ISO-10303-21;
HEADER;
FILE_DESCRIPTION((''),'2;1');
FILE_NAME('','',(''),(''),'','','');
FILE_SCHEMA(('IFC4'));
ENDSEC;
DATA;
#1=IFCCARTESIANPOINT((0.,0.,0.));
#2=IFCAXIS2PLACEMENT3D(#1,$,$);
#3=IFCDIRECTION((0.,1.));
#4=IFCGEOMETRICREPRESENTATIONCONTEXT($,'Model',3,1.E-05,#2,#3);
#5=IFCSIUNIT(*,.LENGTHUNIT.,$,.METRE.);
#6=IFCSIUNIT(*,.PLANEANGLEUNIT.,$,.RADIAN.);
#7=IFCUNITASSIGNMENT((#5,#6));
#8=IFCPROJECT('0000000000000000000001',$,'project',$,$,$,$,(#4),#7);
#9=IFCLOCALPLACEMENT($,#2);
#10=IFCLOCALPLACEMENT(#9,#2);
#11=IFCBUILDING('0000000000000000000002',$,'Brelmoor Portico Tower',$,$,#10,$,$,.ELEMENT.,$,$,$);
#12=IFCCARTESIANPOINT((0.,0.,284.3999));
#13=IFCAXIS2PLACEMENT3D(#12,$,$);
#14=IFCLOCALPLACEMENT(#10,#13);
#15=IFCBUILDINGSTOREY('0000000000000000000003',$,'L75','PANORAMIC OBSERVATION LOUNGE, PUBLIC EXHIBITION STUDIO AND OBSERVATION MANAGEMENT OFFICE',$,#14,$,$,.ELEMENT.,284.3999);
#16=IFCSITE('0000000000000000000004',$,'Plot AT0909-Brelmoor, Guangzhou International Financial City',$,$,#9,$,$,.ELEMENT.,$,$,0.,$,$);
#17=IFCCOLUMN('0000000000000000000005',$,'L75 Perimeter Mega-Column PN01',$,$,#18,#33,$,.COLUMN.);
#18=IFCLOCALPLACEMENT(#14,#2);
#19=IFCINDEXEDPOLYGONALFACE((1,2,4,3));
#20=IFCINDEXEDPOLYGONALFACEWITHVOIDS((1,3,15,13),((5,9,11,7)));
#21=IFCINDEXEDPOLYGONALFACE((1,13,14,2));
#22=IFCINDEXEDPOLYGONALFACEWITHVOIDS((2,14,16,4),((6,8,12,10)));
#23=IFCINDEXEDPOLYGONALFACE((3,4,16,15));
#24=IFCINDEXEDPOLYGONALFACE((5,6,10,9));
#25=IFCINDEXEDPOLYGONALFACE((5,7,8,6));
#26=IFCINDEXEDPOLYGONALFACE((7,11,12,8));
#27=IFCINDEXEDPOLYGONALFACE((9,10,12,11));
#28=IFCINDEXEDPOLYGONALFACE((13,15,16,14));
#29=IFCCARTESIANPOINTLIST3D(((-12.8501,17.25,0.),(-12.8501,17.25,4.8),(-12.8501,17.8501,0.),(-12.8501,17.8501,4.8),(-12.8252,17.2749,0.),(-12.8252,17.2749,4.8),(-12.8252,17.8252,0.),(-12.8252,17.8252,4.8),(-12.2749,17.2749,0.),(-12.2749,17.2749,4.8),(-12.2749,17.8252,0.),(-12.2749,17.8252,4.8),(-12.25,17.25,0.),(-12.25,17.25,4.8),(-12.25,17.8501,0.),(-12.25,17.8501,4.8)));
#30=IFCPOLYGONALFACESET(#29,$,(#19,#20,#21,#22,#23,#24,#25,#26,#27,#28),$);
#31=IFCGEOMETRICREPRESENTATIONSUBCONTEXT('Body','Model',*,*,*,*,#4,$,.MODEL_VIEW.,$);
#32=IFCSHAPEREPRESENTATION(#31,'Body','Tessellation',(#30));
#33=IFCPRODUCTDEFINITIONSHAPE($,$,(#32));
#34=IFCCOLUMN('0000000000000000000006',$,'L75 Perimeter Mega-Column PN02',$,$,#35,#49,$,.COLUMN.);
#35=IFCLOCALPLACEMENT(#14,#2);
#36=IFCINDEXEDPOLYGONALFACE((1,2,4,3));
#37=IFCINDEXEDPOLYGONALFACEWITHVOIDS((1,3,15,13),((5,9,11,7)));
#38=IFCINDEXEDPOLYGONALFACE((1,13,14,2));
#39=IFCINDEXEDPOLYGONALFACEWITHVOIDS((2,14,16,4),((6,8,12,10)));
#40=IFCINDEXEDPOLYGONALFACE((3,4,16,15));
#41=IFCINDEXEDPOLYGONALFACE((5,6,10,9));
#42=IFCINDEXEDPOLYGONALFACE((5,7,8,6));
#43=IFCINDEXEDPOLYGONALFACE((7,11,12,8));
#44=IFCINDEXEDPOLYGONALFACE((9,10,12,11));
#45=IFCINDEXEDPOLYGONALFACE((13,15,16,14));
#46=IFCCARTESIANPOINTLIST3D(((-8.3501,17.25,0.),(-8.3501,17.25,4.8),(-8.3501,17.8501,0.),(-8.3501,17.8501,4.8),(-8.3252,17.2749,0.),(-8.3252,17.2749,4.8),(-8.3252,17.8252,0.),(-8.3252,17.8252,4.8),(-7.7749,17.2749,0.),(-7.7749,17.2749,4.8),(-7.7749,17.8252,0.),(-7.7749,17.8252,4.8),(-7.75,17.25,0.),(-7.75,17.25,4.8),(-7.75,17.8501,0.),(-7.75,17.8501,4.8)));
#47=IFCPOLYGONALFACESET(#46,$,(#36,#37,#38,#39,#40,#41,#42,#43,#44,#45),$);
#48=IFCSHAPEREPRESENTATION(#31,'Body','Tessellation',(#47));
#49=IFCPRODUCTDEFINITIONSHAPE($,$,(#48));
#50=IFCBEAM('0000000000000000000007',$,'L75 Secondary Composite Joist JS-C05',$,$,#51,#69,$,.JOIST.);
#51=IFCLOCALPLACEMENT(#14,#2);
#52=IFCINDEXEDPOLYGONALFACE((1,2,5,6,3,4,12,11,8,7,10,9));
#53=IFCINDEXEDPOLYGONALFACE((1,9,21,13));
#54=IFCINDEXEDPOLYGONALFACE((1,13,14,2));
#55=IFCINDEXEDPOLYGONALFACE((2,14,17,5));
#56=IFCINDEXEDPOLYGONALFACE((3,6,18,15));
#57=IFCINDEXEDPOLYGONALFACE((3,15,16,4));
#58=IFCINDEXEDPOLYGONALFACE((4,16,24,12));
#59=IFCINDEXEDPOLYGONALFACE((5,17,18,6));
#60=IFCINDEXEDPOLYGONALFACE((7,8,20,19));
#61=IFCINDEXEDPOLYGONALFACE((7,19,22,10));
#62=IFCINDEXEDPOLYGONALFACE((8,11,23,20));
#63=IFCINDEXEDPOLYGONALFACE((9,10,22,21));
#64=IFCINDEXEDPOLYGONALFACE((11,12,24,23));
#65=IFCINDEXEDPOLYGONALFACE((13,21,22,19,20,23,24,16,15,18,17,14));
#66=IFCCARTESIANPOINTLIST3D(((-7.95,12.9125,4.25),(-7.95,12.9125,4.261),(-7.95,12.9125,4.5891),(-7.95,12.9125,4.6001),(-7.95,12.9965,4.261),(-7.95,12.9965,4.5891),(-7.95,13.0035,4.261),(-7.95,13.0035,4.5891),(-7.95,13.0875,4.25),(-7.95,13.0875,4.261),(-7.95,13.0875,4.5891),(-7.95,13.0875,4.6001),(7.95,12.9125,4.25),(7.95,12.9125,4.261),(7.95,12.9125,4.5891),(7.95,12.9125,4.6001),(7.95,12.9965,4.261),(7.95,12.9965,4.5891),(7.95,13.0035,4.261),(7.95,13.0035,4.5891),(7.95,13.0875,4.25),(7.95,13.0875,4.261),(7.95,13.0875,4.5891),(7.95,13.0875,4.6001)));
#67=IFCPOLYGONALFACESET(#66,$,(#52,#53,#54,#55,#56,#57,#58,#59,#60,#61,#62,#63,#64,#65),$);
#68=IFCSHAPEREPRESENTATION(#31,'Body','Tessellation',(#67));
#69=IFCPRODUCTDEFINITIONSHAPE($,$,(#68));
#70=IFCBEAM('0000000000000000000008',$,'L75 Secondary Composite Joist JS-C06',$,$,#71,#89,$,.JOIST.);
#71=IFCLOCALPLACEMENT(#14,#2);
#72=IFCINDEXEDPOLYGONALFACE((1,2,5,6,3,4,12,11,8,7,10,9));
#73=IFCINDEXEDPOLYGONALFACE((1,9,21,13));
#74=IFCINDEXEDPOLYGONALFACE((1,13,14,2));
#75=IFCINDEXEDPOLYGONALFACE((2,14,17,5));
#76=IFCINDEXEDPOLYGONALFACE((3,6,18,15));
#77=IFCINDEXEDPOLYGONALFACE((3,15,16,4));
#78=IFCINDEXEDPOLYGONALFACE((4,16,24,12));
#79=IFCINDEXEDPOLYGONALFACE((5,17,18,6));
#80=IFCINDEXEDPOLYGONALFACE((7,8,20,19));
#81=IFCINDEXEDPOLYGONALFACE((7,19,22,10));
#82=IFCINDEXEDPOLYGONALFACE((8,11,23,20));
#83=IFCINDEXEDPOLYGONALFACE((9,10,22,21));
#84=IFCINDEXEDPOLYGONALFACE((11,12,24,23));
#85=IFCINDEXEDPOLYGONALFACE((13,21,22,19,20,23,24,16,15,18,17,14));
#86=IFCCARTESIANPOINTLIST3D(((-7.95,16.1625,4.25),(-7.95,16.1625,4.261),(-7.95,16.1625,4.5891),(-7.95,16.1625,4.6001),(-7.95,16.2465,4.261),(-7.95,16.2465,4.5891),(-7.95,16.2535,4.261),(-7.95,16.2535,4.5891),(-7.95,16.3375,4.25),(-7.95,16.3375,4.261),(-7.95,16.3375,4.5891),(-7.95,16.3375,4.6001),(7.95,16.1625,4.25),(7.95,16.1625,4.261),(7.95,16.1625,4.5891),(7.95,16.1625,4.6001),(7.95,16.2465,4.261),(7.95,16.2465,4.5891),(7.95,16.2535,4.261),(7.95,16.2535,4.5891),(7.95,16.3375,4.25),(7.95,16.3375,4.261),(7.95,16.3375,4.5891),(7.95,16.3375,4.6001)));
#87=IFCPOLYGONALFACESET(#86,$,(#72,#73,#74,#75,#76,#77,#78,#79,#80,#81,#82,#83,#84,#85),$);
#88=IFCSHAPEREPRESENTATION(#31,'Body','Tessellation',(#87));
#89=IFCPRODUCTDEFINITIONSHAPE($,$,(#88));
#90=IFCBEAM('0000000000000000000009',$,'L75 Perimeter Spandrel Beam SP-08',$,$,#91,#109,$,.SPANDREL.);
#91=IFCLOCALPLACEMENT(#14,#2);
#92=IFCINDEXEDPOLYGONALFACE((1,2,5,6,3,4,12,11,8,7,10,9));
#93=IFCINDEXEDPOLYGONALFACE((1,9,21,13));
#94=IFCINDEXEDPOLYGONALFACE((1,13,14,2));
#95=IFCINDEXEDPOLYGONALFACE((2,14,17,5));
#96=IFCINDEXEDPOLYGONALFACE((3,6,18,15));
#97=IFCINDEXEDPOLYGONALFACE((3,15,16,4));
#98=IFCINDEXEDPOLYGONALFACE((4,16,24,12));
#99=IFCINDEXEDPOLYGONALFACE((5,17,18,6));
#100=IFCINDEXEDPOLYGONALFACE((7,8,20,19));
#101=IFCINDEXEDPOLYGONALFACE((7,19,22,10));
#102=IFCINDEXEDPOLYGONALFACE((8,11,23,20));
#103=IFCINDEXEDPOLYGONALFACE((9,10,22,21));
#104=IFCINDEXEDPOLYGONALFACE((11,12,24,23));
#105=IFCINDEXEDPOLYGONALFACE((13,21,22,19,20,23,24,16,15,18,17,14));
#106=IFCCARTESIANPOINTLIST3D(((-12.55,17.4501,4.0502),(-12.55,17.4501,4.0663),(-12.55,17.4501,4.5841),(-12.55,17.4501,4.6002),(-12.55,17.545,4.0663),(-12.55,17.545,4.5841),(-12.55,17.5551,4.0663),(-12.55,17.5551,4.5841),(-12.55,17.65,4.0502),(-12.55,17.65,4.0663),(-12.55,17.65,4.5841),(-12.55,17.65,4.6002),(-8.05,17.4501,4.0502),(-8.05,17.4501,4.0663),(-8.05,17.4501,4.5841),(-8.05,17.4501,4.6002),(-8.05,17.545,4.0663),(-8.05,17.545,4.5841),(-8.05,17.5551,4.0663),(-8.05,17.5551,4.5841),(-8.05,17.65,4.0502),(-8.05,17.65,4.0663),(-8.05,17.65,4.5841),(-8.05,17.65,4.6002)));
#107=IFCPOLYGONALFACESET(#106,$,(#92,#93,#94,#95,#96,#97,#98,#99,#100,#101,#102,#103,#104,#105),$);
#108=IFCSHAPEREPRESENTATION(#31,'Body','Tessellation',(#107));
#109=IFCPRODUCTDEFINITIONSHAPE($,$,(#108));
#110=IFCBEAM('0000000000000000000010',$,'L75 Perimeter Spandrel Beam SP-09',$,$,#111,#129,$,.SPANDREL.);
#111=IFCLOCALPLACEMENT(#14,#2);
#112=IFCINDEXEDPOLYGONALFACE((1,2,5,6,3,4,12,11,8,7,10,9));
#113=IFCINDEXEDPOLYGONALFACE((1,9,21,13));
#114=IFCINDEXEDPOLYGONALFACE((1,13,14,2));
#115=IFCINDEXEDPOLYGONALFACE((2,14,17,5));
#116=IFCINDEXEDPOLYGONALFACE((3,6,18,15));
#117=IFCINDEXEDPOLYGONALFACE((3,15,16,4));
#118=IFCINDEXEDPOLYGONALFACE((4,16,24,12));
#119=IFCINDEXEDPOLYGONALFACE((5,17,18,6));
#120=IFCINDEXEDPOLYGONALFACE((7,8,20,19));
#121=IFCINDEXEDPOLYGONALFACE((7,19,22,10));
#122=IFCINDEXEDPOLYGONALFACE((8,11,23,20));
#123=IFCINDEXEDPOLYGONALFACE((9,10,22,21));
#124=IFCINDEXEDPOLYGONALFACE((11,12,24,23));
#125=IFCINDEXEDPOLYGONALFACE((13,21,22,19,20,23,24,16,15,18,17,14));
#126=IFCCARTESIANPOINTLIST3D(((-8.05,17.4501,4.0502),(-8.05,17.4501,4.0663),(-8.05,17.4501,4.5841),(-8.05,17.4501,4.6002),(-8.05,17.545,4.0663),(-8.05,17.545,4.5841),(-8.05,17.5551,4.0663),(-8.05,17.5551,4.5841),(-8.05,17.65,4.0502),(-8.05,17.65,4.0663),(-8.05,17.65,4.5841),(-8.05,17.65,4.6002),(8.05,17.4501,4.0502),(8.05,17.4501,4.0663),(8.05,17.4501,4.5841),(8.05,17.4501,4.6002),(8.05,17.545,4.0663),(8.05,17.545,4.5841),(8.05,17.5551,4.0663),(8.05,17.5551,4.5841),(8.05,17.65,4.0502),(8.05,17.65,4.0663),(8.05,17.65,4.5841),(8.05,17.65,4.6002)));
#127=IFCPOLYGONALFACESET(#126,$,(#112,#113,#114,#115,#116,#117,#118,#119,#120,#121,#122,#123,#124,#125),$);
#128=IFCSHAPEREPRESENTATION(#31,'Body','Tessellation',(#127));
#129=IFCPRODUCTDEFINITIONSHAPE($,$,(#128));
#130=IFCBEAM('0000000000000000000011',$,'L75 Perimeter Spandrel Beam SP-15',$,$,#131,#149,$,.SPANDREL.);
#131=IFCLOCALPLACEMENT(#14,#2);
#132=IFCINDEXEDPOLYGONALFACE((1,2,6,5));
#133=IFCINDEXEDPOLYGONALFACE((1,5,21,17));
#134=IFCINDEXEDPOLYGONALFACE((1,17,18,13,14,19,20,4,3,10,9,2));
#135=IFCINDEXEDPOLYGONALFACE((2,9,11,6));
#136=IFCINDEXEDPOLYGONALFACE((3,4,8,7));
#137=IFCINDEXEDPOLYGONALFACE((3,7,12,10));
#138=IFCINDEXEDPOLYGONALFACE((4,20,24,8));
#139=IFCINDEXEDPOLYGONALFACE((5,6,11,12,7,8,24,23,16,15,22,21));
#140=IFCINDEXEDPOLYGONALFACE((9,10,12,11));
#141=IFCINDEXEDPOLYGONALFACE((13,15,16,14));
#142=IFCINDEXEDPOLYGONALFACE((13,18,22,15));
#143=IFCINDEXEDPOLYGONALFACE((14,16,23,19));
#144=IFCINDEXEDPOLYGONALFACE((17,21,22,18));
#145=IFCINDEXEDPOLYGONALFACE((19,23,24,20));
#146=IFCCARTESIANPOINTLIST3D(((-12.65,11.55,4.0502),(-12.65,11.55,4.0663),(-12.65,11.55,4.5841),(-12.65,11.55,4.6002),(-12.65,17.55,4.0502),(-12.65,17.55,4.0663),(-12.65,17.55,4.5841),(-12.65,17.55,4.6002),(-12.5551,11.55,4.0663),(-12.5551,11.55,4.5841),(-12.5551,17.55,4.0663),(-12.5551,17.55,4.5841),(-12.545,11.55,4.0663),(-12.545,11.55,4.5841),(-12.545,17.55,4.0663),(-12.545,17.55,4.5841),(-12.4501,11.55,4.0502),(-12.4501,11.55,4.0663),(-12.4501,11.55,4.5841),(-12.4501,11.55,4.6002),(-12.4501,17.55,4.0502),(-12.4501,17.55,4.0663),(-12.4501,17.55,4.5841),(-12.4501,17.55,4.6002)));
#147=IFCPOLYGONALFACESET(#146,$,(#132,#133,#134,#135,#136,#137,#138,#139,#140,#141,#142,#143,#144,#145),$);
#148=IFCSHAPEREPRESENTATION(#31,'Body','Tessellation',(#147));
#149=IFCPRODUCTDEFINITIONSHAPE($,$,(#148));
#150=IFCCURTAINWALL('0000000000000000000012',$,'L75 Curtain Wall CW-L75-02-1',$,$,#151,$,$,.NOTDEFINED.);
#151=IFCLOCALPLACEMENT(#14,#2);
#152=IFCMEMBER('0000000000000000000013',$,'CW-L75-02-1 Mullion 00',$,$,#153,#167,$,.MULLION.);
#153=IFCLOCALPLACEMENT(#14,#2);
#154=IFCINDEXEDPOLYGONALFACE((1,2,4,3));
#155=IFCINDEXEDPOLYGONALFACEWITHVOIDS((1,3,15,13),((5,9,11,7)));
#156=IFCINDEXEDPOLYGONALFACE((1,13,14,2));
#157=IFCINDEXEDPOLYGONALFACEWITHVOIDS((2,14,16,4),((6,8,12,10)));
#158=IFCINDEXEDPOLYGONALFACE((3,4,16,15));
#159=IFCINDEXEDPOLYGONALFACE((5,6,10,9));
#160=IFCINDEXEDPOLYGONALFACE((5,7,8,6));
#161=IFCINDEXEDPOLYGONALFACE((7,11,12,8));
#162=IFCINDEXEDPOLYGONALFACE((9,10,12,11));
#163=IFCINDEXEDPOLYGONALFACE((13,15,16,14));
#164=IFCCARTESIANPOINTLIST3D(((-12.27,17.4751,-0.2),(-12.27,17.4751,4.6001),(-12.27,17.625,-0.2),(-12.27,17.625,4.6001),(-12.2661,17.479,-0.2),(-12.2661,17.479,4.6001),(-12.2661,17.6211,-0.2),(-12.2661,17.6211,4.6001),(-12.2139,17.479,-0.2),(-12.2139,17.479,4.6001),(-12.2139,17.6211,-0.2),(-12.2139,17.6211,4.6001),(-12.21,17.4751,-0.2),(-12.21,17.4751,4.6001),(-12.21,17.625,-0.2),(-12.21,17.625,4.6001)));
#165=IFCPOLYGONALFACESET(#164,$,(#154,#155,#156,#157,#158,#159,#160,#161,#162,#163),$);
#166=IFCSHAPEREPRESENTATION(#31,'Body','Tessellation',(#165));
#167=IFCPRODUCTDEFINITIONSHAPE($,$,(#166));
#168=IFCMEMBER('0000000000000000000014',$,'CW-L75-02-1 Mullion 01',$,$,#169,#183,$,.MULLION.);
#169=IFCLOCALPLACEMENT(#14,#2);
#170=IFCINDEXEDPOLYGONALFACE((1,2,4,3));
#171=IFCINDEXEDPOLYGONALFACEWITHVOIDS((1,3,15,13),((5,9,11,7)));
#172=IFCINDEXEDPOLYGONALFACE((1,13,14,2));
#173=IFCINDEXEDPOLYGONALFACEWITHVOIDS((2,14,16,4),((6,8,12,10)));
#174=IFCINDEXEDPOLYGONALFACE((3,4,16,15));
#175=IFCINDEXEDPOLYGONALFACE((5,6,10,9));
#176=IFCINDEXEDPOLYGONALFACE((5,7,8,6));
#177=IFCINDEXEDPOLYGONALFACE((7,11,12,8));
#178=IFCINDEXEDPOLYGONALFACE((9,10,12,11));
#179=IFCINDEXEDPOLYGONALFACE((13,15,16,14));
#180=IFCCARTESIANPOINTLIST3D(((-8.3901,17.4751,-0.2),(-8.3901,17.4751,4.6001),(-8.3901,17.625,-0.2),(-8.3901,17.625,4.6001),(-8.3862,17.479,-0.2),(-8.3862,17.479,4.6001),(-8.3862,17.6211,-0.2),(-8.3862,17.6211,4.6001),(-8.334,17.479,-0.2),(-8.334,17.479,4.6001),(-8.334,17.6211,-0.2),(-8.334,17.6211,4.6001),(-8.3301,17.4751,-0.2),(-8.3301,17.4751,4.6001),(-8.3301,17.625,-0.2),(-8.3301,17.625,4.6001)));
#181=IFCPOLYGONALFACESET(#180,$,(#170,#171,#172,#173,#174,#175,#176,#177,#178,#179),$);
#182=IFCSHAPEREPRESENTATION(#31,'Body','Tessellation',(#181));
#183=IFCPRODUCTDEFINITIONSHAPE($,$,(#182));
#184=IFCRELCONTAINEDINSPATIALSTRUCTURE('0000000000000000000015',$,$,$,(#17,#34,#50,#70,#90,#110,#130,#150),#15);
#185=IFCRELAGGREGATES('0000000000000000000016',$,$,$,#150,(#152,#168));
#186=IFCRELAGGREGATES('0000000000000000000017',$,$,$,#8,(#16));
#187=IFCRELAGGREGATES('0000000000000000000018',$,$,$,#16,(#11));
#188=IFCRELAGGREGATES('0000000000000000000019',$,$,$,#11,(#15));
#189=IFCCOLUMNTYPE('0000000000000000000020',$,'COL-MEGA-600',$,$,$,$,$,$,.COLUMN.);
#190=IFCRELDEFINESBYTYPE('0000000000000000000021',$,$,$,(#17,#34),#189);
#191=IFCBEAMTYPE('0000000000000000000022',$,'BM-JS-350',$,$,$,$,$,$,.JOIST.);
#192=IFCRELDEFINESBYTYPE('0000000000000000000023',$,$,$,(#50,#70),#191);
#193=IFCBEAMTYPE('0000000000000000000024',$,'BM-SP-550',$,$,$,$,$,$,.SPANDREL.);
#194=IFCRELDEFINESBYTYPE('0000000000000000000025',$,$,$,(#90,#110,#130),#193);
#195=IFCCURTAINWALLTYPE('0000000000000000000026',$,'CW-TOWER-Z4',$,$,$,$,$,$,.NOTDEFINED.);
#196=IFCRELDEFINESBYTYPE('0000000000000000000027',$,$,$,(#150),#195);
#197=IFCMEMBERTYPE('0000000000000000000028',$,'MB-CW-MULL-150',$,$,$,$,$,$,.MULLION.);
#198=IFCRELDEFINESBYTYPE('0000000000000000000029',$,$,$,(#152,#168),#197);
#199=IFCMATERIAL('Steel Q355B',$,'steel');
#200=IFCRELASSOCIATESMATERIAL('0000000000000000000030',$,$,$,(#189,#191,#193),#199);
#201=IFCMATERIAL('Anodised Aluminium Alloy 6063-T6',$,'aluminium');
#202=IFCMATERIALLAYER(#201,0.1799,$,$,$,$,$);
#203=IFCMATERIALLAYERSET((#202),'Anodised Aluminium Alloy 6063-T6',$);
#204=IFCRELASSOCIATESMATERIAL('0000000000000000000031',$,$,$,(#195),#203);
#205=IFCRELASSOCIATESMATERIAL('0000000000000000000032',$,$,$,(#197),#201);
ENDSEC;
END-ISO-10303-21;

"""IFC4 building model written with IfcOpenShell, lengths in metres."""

from ifc_helpers import new_model, si_unit, direction, frame, origin, origin_2d, place, context, subcontext, project, spatial, hollow_rectangle, i_section, extrude, material, layer, layer_set, material_profile, profile_set, type_object, element, aggregate, save


model = new_model("IFC4")

# Units and contexts
model_context = context("Model", 3, precision=1e-05, world=origin(), true_north=direction((0.0, 1.0)))
body_context = subcontext(model_context, "Body", "Model", "MODEL_VIEW")
ifc_project = project(units=[si_unit("LENGTHUNIT", "METRE"), si_unit("PLANEANGLEUNIT", "RADIAN")], contexts=[model_context])

# Site, building, storey
site_placement = place(None, origin())
site = spatial("IfcSite", under=ifc_project, at=site_placement, Name="Plot AT0909-Brelmoor, Guangzhou International Financial City", CompositionType="ELEMENT", RefElevation=0.0)
building_placement = place(site_placement, origin())
building = spatial("IfcBuilding", under=site, at=building_placement, Name="Brelmoor Portico Tower", CompositionType="ELEMENT")
storey_placement = place(building_placement, frame((0.0, 0.0, 284.3999)))
storey = spatial("IfcBuildingStorey", under=building, at=storey_placement, Name="L75", Description="PANORAMIC OBSERVATION LOUNGE, PUBLIC EXHIBITION STUDIO AND OBSERVATION MANAGEMENT OFFICE", CompositionType="ELEMENT", Elevation=284.3999)

# Columns
ifc_material_1 = material(Name="Steel Q355B", Category="steel")
ifc_material_profile_1 = material_profile(ifc_material_1, hollow_rectangle(XDim=0.6001, YDim=0.6001, WallThickness=0.0249, at=origin_2d()), Name="BOX 600x600x25")
ifc_profile_set_1 = profile_set([ifc_material_profile_1], Name="Steel Q355B")
column_type = type_object("IfcColumnType", Name="COL-MEGA-600", PredefinedType="COLUMN", material=ifc_profile_set_1)
for number, where, z_axis, x_axis, name in (
    (1, (-12.55, 17.55, 0.0), (0.0, 0.0, 1.0), (1.0, 0.0, 0.0), "L75 Perimeter Mega-Column PN01"),
    (2, (-8.05, 17.55, 0.0), (0.0, 0.0, 1.0), (1.0, 0.0, 0.0), "L75 Perimeter Mega-Column PN02"),
):
    element("IfcColumn", number, at=place(storey_placement, frame(where, z_axis=z_axis, x_axis=x_axis)), inside=storey, type_object=column_type, Name=name, PredefinedType="COLUMN", context=body_context, shape_type="SweptSolid", body=[
        extrude(hollow_rectangle(XDim=0.6001, YDim=0.6001, WallThickness=0.0249, at=origin_2d()), origin(), (0.0, 0.0, 1.0), 4.8),
    ])

# Beams
ifc_material_profile_2 = material_profile(ifc_material_1, i_section(OverallWidth=0.175, OverallDepth=0.3501, WebThickness=0.0071, FlangeThickness=0.011, at=origin_2d()), Name="HN 350x175x7x11")
ifc_profile_set_2 = profile_set([ifc_material_profile_2], Name="Steel Q355B")
beam_type_1 = type_object("IfcBeamType", Name="BM-JS-350", PredefinedType="JOIST", material=ifc_profile_set_2)
for number, where, z_axis, x_axis, name in (
    (3, (-7.95, 13.0, 4.425), (1.0, 0.0, 0.0), (0.0, 1.0, 0.0), "L75 Secondary Composite Joist JS-C05"),
    (4, (-7.95, 16.25, 4.425), (1.0, 0.0, 0.0), (0.0, 1.0, 0.0), "L75 Secondary Composite Joist JS-C06"),
):
    element("IfcBeam", number, at=place(storey_placement, frame(where, z_axis=z_axis, x_axis=x_axis)), inside=storey, type_object=beam_type_1, Name=name, PredefinedType="JOIST", context=body_context, shape_type="SweptSolid", body=[
        extrude(i_section(OverallWidth=0.175, OverallDepth=0.3501, WebThickness=0.0071, FlangeThickness=0.011, at=origin_2d()), origin(), (0.0, 0.0, 1.0), 15.8999),
    ])
ifc_material_profile_3 = material_profile(ifc_material_1, i_section(OverallWidth=0.2, OverallDepth=0.55, WebThickness=0.01, FlangeThickness=0.0161, at=origin_2d()), Name="HN 550x200x10x16")
ifc_profile_set_3 = profile_set([ifc_material_profile_3], Name="Steel Q355B")
beam_type_2 = type_object("IfcBeamType", Name="BM-SP-550", PredefinedType="SPANDREL", material=ifc_profile_set_3)
beam_1_placement = place(storey_placement, frame((-12.55, 17.55, 4.3252), z_axis=(1.0, 0.0, 0.0), x_axis=(0.0, 1.0, 0.0)))
element("IfcBeam", 5, at=beam_1_placement, inside=storey, type_object=beam_type_2, Name="L75 Perimeter Spandrel Beam SP-08", PredefinedType="SPANDREL", context=body_context, shape_type="SweptSolid", body=[
    extrude(i_section(OverallWidth=0.2, OverallDepth=0.55, WebThickness=0.01, FlangeThickness=0.0161, at=origin_2d()), origin(), (0.0, 0.0, 1.0), 4.5),
])
beam_2_placement = place(storey_placement, frame((-8.05, 17.55, 4.3252), z_axis=(1.0, 0.0, 0.0), x_axis=(0.0, 1.0, 0.0)))
element("IfcBeam", 6, at=beam_2_placement, inside=storey, type_object=beam_type_2, Name="L75 Perimeter Spandrel Beam SP-09", PredefinedType="SPANDREL", context=body_context, shape_type="SweptSolid", body=[
    extrude(i_section(OverallWidth=0.2, OverallDepth=0.55, WebThickness=0.01, FlangeThickness=0.0161, at=origin_2d()), origin(), (0.0, 0.0, 1.0), 16.1001),
])
beam_3_placement = place(storey_placement, frame((-12.55, 11.55, 4.3252), z_axis=(0.0, 1.0, 0.0), x_axis=(-1.0, 0.0, 0.0)))
element("IfcBeam", 7, at=beam_3_placement, inside=storey, type_object=beam_type_2, Name="L75 Perimeter Spandrel Beam SP-15", PredefinedType="SPANDREL", context=body_context, shape_type="SweptSolid", body=[
    extrude(i_section(OverallWidth=0.2, OverallDepth=0.55, WebThickness=0.01, FlangeThickness=0.0161, at=origin_2d()), origin(), (0.0, 0.0, 1.0), 6.0),
])

# Curtain wall, members
ifc_material_2 = material(Name="Anodised Aluminium Alloy 6063-T6", Category="aluminium")
ifc_layer_1 = layer(ifc_material_2, 0.1799)
ifc_layer_set_1 = layer_set([ifc_layer_1], Name="Anodised Aluminium Alloy 6063-T6")
curtain_wall_type = type_object("IfcCurtainWallType", Name="CW-TOWER-Z4", PredefinedType="NOTDEFINED", material=ifc_layer_set_1)
curtain_wall_1_placement = place(storey_placement, origin())
curtain_wall_1 = element("IfcCurtainWall", 8, at=curtain_wall_1_placement, inside=storey, type_object=curtain_wall_type, Name="L75 Curtain Wall CW-L75-02-1", PredefinedType="NOTDEFINED")
ifc_material_profile_4 = material_profile(ifc_material_2, hollow_rectangle(XDim=0.0601, YDim=0.1499, WallThickness=0.0039, at=origin_2d()), Name="ALU MULLION 60x150")
ifc_profile_set_4 = profile_set([ifc_material_profile_4], Name="Anodised Aluminium Alloy 6063-T6")
member_type_1 = type_object("IfcMemberType", Name="MB-CW-MULL-150", PredefinedType="MULLION", material=ifc_profile_set_4)
member_1_placement = place(storey_placement, frame((-12.24, 17.55, -0.2), z_axis=(0.0, 0.0, 1.0), x_axis=(1.0, 0.0, 0.0)))
member_1 = element("IfcMember", 9, at=member_1_placement, type_object=member_type_1, Name="CW-L75-02-1 Mullion 00", PredefinedType="MULLION", context=body_context, shape_type="SweptSolid", body=[
    extrude(hollow_rectangle(XDim=0.0601, YDim=0.1499, WallThickness=0.0039, at=origin_2d()), origin(), (0.0, 0.0, 1.0), 4.8),
])
member_2_placement = place(storey_placement, frame((-8.3601, 17.55, -0.2), z_axis=(0.0, 0.0, 1.0), x_axis=(1.0, 0.0, 0.0)))
member_2 = element("IfcMember", 10, at=member_2_placement, type_object=member_type_1, Name="CW-L75-02-1 Mullion 01", PredefinedType="MULLION", context=body_context, shape_type="SweptSolid", body=[
    extrude(hollow_rectangle(XDim=0.0601, YDim=0.1499, WallThickness=0.0039, at=origin_2d()), origin(), (0.0, 0.0, 1.0), 4.8),
])

aggregate(curtain_wall_1, [member_1, member_2])

save(model, "model.ifc")
